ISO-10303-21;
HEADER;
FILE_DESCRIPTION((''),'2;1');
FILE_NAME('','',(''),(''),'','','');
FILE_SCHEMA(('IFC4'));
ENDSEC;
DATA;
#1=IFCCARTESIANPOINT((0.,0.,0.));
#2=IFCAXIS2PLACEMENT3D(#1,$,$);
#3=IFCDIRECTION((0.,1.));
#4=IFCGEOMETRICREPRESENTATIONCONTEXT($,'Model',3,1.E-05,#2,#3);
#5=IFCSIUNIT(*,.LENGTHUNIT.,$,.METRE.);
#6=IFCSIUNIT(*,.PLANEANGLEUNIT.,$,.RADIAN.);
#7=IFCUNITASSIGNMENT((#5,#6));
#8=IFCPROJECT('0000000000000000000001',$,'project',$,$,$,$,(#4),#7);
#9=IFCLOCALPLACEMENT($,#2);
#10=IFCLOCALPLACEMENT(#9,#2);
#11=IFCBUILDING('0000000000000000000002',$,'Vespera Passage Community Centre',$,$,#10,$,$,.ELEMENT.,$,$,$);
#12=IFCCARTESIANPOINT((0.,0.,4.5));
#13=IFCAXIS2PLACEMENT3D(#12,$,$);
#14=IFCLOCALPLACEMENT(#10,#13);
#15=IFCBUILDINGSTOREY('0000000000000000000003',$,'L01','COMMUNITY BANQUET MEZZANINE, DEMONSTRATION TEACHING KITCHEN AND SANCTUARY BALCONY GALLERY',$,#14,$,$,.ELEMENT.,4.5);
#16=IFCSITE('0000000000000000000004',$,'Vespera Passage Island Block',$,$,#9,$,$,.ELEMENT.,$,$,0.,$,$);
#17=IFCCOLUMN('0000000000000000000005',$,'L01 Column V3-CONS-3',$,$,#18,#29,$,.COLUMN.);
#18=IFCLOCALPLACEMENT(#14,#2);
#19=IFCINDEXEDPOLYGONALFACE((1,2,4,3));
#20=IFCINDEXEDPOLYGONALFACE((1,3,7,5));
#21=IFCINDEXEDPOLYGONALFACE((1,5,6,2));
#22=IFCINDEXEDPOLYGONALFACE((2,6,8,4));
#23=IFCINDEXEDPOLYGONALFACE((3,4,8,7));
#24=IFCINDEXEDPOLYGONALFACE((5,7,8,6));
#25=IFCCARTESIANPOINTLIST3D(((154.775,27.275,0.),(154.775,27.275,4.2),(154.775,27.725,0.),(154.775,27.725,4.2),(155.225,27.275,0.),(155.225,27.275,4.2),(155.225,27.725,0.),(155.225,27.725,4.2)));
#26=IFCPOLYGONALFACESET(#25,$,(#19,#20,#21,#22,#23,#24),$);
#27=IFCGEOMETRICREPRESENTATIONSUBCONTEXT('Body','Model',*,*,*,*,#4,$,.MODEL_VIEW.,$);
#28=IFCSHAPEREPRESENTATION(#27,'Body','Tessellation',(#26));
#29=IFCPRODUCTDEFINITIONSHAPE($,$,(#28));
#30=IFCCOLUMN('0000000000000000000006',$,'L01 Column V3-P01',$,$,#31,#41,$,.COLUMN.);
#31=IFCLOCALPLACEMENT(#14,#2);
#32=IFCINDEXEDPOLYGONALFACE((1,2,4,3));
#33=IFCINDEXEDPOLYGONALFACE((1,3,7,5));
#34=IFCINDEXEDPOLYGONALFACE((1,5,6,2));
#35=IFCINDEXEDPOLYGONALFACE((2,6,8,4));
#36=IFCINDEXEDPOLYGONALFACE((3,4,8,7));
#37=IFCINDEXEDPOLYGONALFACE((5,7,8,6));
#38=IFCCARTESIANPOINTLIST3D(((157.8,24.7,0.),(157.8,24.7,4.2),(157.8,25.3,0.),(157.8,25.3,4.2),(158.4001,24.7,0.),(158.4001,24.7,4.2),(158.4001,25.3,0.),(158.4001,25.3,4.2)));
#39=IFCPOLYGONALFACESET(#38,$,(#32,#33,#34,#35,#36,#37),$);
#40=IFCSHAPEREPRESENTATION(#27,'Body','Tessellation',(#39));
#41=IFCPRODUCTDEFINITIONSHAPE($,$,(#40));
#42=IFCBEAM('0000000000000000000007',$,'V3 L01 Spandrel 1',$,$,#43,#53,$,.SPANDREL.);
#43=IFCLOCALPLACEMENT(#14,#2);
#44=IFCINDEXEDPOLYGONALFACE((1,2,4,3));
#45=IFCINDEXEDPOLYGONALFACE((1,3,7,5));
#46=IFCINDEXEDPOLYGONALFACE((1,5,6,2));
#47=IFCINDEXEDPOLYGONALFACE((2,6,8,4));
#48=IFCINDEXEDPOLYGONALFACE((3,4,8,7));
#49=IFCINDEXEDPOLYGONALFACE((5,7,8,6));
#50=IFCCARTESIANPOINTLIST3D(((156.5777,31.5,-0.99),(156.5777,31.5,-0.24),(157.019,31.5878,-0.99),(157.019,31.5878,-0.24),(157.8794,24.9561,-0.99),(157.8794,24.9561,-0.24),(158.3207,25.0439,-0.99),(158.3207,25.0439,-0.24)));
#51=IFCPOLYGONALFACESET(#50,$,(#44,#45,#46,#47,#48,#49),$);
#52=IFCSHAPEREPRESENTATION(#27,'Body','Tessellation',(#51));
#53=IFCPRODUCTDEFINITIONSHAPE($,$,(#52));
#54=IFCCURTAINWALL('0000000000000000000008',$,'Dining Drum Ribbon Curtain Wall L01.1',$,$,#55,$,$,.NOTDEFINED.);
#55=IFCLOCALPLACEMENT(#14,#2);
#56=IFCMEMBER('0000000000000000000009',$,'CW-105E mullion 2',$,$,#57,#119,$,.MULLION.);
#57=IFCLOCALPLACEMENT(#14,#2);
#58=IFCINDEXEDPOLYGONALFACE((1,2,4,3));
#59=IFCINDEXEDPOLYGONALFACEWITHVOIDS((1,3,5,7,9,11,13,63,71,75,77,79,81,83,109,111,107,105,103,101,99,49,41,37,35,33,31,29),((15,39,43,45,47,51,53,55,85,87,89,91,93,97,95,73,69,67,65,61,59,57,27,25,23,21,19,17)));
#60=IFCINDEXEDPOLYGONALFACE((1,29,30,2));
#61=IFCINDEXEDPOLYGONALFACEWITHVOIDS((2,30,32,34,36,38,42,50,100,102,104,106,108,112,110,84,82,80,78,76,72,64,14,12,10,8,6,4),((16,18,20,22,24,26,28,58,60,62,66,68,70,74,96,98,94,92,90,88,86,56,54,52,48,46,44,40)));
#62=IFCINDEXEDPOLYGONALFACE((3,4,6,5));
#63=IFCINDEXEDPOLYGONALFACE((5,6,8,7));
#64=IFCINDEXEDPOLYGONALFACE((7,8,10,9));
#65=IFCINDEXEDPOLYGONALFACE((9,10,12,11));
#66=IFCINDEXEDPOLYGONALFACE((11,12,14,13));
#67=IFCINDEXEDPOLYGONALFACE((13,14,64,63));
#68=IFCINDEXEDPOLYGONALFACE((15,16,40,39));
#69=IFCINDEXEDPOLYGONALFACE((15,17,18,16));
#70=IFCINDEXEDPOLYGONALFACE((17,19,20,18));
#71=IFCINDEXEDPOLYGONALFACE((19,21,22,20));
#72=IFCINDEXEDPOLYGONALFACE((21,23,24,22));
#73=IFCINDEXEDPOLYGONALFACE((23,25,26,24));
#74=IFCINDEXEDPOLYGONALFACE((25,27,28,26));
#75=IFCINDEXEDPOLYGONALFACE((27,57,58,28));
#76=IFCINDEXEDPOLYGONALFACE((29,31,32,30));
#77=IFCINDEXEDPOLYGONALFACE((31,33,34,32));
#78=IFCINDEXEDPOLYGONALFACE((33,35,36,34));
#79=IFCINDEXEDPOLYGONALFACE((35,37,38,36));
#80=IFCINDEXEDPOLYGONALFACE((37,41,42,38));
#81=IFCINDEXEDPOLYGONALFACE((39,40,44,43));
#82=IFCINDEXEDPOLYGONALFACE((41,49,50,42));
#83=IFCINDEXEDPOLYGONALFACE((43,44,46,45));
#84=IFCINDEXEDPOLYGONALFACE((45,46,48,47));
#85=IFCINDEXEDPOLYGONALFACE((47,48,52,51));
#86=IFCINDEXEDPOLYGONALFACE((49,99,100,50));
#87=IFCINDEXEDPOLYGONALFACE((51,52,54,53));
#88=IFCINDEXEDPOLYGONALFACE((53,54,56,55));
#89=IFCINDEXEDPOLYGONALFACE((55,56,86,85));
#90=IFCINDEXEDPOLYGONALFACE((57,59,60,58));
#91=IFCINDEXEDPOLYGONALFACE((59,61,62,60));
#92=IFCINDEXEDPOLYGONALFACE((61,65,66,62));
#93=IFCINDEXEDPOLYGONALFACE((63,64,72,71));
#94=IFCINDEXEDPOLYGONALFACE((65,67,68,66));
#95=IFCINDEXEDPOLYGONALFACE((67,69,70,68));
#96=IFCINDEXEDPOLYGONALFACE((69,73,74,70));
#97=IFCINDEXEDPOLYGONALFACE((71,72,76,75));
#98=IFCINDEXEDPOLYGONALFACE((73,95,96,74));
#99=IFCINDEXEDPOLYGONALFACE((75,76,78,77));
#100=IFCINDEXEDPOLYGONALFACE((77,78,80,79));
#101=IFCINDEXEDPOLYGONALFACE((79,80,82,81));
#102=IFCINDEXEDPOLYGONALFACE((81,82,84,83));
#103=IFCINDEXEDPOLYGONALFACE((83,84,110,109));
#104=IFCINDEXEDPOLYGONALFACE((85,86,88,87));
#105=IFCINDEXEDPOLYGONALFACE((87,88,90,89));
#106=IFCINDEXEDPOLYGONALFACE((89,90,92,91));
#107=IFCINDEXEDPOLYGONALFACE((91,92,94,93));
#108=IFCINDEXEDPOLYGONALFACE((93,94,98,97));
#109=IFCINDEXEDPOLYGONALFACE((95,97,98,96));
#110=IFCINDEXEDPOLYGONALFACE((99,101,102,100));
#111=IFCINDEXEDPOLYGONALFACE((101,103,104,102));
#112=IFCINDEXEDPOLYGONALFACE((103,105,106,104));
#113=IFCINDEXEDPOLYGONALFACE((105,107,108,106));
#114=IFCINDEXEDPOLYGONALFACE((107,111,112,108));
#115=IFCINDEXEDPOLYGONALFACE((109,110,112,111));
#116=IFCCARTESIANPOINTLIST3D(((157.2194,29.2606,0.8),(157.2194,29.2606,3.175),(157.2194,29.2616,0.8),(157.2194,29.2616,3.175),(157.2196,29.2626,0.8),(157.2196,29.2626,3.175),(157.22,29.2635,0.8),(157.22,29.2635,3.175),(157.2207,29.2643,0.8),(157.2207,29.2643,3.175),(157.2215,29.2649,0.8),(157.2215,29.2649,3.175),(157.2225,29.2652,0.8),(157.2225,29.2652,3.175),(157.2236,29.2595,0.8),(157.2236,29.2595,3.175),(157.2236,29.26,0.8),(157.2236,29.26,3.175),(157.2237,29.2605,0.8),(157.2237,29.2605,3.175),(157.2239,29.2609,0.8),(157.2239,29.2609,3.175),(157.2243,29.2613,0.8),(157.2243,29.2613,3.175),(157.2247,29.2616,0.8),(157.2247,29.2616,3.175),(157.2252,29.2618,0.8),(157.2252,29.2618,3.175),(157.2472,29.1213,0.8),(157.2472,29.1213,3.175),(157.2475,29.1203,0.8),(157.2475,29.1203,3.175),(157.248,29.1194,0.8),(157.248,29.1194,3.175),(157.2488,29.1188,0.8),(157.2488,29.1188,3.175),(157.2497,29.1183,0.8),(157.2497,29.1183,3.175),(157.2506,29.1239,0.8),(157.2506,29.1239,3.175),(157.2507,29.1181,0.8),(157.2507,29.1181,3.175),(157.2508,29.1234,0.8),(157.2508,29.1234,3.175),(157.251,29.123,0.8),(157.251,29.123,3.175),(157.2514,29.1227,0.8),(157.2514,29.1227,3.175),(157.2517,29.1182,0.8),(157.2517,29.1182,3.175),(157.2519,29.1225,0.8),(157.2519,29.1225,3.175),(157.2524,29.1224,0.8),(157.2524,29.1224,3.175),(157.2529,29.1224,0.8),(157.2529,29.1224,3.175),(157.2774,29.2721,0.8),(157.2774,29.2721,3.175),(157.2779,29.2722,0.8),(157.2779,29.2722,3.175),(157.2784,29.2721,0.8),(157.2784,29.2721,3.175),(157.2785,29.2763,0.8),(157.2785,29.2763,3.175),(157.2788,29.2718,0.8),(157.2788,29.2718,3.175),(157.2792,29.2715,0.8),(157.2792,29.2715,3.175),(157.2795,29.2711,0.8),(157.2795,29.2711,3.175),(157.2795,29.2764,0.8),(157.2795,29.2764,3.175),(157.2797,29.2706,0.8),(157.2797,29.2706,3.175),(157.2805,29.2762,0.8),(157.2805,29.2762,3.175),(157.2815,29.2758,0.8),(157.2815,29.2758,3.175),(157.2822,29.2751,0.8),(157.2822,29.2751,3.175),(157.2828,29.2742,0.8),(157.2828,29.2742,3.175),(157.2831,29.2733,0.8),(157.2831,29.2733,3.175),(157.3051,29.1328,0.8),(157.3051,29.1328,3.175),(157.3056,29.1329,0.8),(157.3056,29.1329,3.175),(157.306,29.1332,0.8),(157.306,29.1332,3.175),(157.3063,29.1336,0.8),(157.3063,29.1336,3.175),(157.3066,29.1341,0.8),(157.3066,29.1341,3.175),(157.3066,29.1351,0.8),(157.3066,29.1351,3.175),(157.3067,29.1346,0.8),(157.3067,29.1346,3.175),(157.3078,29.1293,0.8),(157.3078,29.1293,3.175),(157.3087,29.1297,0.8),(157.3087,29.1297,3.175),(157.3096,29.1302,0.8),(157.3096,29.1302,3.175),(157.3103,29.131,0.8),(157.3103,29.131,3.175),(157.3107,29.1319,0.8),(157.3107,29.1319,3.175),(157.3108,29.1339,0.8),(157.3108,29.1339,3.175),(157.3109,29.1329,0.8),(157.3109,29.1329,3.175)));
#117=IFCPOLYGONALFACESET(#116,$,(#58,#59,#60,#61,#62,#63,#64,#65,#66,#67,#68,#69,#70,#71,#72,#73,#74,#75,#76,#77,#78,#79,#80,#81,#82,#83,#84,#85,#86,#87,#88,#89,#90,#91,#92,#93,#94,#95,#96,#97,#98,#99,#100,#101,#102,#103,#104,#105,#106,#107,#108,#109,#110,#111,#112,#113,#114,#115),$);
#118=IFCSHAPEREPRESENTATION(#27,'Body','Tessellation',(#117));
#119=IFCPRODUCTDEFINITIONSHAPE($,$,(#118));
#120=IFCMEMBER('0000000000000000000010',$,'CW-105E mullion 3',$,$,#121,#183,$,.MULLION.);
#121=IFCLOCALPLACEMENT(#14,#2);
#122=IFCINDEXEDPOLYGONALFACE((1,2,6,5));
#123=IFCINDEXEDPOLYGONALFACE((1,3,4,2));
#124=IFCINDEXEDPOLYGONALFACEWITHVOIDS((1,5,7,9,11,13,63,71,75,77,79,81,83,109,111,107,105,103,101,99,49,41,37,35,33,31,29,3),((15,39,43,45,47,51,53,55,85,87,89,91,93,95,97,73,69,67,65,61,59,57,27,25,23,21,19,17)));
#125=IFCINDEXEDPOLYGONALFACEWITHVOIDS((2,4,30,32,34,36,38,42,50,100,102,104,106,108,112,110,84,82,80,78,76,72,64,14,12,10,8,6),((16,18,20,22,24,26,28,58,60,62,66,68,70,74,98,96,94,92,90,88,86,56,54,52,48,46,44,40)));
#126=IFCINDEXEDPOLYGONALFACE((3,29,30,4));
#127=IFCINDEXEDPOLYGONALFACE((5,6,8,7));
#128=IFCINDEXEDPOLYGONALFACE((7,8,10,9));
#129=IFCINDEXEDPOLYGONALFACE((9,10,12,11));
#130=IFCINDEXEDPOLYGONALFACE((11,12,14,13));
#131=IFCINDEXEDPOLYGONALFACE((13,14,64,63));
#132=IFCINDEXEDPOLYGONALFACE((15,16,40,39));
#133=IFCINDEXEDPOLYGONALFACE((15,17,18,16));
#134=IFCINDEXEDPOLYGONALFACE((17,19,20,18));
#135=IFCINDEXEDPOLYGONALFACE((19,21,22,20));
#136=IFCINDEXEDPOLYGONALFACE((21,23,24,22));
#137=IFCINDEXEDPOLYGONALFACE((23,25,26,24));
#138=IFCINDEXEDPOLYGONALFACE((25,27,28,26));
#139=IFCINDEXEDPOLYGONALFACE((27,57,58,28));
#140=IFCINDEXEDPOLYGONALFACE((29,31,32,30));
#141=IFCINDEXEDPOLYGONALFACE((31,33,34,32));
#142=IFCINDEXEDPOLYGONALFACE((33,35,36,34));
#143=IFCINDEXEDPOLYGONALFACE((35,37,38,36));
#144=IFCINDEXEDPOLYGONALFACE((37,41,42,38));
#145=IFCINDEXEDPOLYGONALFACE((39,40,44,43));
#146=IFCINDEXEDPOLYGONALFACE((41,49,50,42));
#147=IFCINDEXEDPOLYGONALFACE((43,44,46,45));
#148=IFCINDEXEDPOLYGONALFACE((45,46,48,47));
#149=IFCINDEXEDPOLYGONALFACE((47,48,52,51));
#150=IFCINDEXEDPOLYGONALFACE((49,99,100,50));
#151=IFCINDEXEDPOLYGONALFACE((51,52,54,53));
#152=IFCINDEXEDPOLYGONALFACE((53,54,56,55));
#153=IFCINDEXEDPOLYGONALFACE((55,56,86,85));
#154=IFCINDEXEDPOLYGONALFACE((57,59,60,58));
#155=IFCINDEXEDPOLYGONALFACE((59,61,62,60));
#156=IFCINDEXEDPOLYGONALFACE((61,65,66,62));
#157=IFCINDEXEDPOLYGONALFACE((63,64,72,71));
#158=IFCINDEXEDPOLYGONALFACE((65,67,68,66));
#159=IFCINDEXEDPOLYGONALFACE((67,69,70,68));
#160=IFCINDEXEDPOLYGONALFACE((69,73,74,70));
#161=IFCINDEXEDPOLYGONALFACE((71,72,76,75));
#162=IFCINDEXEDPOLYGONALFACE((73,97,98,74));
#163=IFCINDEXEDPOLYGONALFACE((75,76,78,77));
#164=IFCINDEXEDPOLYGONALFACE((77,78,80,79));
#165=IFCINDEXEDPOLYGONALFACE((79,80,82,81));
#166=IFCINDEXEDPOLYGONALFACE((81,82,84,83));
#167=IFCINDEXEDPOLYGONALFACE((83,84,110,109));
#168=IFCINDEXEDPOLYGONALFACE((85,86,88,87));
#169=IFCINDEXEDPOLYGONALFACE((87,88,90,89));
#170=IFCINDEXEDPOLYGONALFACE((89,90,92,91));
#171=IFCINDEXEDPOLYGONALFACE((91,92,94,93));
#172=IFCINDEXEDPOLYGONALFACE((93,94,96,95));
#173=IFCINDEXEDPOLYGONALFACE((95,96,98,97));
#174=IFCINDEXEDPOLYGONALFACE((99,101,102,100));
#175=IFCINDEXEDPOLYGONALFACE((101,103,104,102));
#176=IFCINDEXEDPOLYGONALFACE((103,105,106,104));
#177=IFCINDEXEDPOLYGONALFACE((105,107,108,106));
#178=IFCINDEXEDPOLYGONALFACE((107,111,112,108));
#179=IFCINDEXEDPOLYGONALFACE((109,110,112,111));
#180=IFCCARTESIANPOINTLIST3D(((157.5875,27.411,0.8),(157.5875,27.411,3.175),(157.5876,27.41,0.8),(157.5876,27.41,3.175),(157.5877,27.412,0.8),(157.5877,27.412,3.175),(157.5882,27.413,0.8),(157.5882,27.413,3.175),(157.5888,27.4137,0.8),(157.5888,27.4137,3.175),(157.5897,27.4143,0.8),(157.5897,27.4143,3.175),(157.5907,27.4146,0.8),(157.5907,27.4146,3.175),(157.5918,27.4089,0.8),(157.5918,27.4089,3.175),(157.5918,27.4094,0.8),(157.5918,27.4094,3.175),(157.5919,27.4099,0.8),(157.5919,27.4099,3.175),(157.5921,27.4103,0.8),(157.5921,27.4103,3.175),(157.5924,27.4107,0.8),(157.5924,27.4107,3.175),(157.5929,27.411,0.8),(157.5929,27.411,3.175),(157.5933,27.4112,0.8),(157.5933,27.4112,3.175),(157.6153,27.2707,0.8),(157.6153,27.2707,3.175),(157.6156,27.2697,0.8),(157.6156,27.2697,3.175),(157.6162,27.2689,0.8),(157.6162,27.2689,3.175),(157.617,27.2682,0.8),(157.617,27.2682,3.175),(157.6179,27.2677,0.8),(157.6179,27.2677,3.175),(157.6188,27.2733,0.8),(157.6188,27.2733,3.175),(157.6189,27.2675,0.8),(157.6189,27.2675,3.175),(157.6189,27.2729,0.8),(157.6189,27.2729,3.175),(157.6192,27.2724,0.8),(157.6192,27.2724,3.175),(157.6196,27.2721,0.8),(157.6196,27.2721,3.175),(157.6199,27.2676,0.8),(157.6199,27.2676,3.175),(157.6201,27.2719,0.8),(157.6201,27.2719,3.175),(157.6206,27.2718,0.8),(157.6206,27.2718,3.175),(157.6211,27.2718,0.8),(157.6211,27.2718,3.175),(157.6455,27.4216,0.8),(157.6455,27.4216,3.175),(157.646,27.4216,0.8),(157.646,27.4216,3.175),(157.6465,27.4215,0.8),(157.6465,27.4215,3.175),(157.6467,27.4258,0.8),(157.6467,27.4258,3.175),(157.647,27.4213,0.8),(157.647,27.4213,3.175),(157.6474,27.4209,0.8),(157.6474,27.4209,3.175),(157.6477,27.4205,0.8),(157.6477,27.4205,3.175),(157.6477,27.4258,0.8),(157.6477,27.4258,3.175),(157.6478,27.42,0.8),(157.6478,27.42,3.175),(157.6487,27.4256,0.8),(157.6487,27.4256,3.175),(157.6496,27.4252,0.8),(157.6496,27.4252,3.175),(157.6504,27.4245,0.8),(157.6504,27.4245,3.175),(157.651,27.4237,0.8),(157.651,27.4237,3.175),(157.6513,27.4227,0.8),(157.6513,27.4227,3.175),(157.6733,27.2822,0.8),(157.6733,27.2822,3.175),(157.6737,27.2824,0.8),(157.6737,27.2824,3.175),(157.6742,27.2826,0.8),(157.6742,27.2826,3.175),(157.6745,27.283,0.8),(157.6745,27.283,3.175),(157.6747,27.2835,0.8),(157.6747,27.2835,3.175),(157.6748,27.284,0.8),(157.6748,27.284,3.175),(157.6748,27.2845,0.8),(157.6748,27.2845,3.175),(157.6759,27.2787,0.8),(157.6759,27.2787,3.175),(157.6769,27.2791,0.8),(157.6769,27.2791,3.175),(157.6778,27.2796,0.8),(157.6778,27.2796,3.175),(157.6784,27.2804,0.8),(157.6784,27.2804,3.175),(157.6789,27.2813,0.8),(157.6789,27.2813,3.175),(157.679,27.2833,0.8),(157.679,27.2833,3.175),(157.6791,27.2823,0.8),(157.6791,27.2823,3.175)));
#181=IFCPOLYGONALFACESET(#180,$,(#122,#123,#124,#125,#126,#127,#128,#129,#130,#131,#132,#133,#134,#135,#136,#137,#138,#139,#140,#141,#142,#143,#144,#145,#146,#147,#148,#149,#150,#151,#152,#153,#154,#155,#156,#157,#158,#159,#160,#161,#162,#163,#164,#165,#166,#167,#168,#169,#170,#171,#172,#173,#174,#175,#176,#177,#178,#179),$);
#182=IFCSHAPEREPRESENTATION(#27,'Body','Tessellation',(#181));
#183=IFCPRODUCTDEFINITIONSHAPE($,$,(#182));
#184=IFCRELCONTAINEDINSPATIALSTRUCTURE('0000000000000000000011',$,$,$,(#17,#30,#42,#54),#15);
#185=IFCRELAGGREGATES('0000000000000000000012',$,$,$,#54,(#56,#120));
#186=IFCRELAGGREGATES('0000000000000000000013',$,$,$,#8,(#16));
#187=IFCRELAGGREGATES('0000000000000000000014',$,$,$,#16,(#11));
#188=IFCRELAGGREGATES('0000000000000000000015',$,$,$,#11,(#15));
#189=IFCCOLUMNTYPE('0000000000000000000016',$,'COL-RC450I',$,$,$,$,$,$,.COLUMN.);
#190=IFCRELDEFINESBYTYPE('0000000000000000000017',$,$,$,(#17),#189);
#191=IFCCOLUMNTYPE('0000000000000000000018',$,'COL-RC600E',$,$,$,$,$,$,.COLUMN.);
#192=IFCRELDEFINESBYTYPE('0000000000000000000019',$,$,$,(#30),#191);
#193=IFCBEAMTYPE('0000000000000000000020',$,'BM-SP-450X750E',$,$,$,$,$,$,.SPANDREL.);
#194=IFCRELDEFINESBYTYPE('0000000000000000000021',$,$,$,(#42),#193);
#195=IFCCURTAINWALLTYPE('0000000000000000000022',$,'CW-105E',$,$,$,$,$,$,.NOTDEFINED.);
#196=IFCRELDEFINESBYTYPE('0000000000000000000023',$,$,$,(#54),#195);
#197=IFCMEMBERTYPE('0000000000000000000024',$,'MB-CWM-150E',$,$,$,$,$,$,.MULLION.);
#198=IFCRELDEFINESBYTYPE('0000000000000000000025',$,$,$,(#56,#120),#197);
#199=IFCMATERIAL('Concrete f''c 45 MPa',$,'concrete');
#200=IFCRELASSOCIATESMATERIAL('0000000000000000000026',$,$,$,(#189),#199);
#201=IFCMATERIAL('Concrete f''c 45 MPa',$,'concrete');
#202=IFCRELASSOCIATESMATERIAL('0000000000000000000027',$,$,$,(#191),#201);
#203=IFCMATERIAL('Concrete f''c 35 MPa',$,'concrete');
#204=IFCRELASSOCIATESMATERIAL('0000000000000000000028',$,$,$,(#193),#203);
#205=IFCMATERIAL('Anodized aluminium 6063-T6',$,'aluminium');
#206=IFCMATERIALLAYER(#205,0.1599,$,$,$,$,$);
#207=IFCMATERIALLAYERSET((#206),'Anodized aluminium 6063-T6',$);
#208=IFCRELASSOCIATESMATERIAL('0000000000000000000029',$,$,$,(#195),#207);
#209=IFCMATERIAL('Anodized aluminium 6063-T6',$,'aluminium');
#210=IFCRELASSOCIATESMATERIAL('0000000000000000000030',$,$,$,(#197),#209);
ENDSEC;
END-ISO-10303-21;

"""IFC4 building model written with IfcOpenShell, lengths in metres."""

from ifc_helpers import new_model, si_unit, direction, frame, origin, origin_2d, place, context, subcontext, project, spatial, rectangle, hollow_rectangle, extrude, material, layer, layer_set, material_profile, profile_set, type_object, element, aggregate, save


model = new_model("IFC4")

# Units and contexts
model_context = context("Model", 3, precision=1e-05, world=origin(), true_north=direction((0.0, 1.0)))
body_context = subcontext(model_context, "Body", "Model", "MODEL_VIEW")
ifc_project = project(units=[si_unit("LENGTHUNIT", "METRE"), si_unit("PLANEANGLEUNIT", "RADIAN")], contexts=[model_context])

# Site, building, storey
site_placement = place(None, origin())
site = spatial("IfcSite", under=ifc_project, at=site_placement, Name="Vespera Passage Island Block", CompositionType="ELEMENT", RefElevation=0.0)
building_placement = place(site_placement, origin())
building = spatial("IfcBuilding", under=site, at=building_placement, Name="Vespera Passage Community Centre", CompositionType="ELEMENT")
storey_placement = place(building_placement, frame((0.0, 0.0, 4.5)))
storey = spatial("IfcBuildingStorey", under=building, at=storey_placement, Name="L01", Description="COMMUNITY BANQUET MEZZANINE, DEMONSTRATION TEACHING KITCHEN AND SANCTUARY BALCONY GALLERY", CompositionType="ELEMENT", Elevation=4.5)

# Columns
ifc_material_1 = material(Name="Concrete f'c 45 MPa", Category="concrete")
ifc_material_profile_1 = material_profile(ifc_material_1, rectangle(XDim=0.45, YDim=0.45, at=origin_2d()), Name="RC450X450")
ifc_profile_set_1 = profile_set([ifc_material_profile_1], Name="Concrete f'c 45 MPa")
column_type_1 = type_object("IfcColumnType", Name="COL-RC450I", PredefinedType="COLUMN", material=ifc_profile_set_1)
column_1_placement = place(storey_placement, frame((155.0, 27.5, 0.0), z_axis=(0.0, 0.0, 1.0), x_axis=(1.0, 0.0, 0.0)))
element("IfcColumn", 1, at=column_1_placement, inside=storey, type_object=column_type_1, Name="L01 Column V3-CONS-3", PredefinedType="COLUMN", context=body_context, shape_type="SweptSolid", body=[
    extrude(rectangle(XDim=0.45, YDim=0.45, at=origin_2d()), origin(), (0.0, 0.0, 1.0), 4.2),
])
ifc_material_2 = material(Name="Concrete f'c 45 MPa", Category="concrete")
ifc_material_profile_2 = material_profile(ifc_material_2, rectangle(XDim=0.6001, YDim=0.6001, at=origin_2d()), Name="RC600X600")
ifc_profile_set_2 = profile_set([ifc_material_profile_2], Name="Concrete f'c 45 MPa")
column_type_2 = type_object("IfcColumnType", Name="COL-RC600E", PredefinedType="COLUMN", material=ifc_profile_set_2)
column_2_placement = place(storey_placement, frame((158.1001, 25.0, 0.0), z_axis=(0.0, 0.0, 1.0), x_axis=(1.0, 0.0, 0.0)))
element("IfcColumn", 2, at=column_2_placement, inside=storey, type_object=column_type_2, Name="L01 Column V3-P01", PredefinedType="COLUMN", context=body_context, shape_type="SweptSolid", body=[
    extrude(rectangle(XDim=0.6001, YDim=0.6001, at=origin_2d()), origin(), (0.0, 0.0, 1.0), 4.2),
])

# Beam
ifc_material_3 = material(Name="Concrete f'c 35 MPa", Category="concrete")
ifc_material_profile_3 = material_profile(ifc_material_3, rectangle(XDim=0.45, YDim=0.75, at=origin_2d()), Name="RC450X750")
ifc_profile_set_3 = profile_set([ifc_material_profile_3], Name="Concrete f'c 35 MPa")
beam_type = type_object("IfcBeamType", Name="BM-SP-450X750E", PredefinedType="SPANDREL", material=ifc_profile_set_3)
beam_placement = place(storey_placement, frame((158.1001, 25.0, -0.615), z_axis=(-0.195103, 0.980783, 0.0), x_axis=(-0.980783, -0.195103, 0.0)))
element("IfcBeam", 3, at=beam_placement, inside=storey, type_object=beam_type, Name="V3 L01 Spandrel 1", PredefinedType="SPANDREL", context=body_context, shape_type="SweptSolid", body=[
    extrude(rectangle(XDim=0.45, YDim=0.75, at=origin_2d()), origin(), (0.0, 0.0, 1.0), 6.6721),
])

# Curtain wall, members
ifc_material_4 = material(Name="Anodized aluminium 6063-T6", Category="aluminium")
ifc_layer_1 = layer(ifc_material_4, 0.1599)
ifc_layer_set_1 = layer_set([ifc_layer_1], Name="Anodized aluminium 6063-T6")
curtain_wall_type = type_object("IfcCurtainWallType", Name="CW-105E", PredefinedType="NOTDEFINED", material=ifc_layer_set_1)
curtain_wall_1_placement = place(storey_placement, origin())
curtain_wall_1 = element("IfcCurtainWall", 4, at=curtain_wall_1_placement, inside=storey, type_object=curtain_wall_type, Name="Dining Drum Ribbon Curtain Wall L01.1", PredefinedType="NOTDEFINED")
ifc_material_5 = material(Name="Anodized aluminium 6063-T6", Category="aluminium")
ifc_material_profile_4 = material_profile(ifc_material_5, hollow_rectangle(XDim=0.0649, YDim=0.1499, WallThickness=0.0039, InnerFilletRadius=0.002, OuterFilletRadius=0.0039, at=origin_2d()), Name="ALU150X65X4")
ifc_profile_set_4 = profile_set([ifc_material_profile_4], Name="Anodized aluminium 6063-T6")
member_type_1 = type_object("IfcMemberType", Name="MB-CWM-150E", PredefinedType="MULLION", material=ifc_profile_set_4)
member_1_placement = place(storey_placement, frame((157.2651, 29.1973, 0.8), z_axis=(0.0, 0.0, 1.0), x_axis=(0.980784, 0.195097, 0.0)))
member_1 = element("IfcMember", 5, at=member_1_placement, type_object=member_type_1, Name="CW-105E mullion 2", PredefinedType="MULLION", context=body_context, shape_type="SweptSolid", body=[
    extrude(hollow_rectangle(XDim=0.0649, YDim=0.1499, WallThickness=0.0039, InnerFilletRadius=0.002, OuterFilletRadius=0.0039, at=origin_2d()), origin(), (0.0, 0.0, 1.0), 2.375),
])
member_2_placement = place(storey_placement, frame((157.6333, 27.3467, 0.8), z_axis=(0.0, 0.0, 1.0), x_axis=(0.980784, 0.195097, 0.0)))
member_2 = element("IfcMember", 6, at=member_2_placement, type_object=member_type_1, Name="CW-105E mullion 3", PredefinedType="MULLION", context=body_context, shape_type="SweptSolid", body=[
    extrude(hollow_rectangle(XDim=0.0649, YDim=0.1499, WallThickness=0.0039, InnerFilletRadius=0.002, OuterFilletRadius=0.0039, at=origin_2d()), origin(), (0.0, 0.0, 1.0), 2.375),
])

aggregate(curtain_wall_1, [member_1, member_2])

save(model, "model.ifc")
